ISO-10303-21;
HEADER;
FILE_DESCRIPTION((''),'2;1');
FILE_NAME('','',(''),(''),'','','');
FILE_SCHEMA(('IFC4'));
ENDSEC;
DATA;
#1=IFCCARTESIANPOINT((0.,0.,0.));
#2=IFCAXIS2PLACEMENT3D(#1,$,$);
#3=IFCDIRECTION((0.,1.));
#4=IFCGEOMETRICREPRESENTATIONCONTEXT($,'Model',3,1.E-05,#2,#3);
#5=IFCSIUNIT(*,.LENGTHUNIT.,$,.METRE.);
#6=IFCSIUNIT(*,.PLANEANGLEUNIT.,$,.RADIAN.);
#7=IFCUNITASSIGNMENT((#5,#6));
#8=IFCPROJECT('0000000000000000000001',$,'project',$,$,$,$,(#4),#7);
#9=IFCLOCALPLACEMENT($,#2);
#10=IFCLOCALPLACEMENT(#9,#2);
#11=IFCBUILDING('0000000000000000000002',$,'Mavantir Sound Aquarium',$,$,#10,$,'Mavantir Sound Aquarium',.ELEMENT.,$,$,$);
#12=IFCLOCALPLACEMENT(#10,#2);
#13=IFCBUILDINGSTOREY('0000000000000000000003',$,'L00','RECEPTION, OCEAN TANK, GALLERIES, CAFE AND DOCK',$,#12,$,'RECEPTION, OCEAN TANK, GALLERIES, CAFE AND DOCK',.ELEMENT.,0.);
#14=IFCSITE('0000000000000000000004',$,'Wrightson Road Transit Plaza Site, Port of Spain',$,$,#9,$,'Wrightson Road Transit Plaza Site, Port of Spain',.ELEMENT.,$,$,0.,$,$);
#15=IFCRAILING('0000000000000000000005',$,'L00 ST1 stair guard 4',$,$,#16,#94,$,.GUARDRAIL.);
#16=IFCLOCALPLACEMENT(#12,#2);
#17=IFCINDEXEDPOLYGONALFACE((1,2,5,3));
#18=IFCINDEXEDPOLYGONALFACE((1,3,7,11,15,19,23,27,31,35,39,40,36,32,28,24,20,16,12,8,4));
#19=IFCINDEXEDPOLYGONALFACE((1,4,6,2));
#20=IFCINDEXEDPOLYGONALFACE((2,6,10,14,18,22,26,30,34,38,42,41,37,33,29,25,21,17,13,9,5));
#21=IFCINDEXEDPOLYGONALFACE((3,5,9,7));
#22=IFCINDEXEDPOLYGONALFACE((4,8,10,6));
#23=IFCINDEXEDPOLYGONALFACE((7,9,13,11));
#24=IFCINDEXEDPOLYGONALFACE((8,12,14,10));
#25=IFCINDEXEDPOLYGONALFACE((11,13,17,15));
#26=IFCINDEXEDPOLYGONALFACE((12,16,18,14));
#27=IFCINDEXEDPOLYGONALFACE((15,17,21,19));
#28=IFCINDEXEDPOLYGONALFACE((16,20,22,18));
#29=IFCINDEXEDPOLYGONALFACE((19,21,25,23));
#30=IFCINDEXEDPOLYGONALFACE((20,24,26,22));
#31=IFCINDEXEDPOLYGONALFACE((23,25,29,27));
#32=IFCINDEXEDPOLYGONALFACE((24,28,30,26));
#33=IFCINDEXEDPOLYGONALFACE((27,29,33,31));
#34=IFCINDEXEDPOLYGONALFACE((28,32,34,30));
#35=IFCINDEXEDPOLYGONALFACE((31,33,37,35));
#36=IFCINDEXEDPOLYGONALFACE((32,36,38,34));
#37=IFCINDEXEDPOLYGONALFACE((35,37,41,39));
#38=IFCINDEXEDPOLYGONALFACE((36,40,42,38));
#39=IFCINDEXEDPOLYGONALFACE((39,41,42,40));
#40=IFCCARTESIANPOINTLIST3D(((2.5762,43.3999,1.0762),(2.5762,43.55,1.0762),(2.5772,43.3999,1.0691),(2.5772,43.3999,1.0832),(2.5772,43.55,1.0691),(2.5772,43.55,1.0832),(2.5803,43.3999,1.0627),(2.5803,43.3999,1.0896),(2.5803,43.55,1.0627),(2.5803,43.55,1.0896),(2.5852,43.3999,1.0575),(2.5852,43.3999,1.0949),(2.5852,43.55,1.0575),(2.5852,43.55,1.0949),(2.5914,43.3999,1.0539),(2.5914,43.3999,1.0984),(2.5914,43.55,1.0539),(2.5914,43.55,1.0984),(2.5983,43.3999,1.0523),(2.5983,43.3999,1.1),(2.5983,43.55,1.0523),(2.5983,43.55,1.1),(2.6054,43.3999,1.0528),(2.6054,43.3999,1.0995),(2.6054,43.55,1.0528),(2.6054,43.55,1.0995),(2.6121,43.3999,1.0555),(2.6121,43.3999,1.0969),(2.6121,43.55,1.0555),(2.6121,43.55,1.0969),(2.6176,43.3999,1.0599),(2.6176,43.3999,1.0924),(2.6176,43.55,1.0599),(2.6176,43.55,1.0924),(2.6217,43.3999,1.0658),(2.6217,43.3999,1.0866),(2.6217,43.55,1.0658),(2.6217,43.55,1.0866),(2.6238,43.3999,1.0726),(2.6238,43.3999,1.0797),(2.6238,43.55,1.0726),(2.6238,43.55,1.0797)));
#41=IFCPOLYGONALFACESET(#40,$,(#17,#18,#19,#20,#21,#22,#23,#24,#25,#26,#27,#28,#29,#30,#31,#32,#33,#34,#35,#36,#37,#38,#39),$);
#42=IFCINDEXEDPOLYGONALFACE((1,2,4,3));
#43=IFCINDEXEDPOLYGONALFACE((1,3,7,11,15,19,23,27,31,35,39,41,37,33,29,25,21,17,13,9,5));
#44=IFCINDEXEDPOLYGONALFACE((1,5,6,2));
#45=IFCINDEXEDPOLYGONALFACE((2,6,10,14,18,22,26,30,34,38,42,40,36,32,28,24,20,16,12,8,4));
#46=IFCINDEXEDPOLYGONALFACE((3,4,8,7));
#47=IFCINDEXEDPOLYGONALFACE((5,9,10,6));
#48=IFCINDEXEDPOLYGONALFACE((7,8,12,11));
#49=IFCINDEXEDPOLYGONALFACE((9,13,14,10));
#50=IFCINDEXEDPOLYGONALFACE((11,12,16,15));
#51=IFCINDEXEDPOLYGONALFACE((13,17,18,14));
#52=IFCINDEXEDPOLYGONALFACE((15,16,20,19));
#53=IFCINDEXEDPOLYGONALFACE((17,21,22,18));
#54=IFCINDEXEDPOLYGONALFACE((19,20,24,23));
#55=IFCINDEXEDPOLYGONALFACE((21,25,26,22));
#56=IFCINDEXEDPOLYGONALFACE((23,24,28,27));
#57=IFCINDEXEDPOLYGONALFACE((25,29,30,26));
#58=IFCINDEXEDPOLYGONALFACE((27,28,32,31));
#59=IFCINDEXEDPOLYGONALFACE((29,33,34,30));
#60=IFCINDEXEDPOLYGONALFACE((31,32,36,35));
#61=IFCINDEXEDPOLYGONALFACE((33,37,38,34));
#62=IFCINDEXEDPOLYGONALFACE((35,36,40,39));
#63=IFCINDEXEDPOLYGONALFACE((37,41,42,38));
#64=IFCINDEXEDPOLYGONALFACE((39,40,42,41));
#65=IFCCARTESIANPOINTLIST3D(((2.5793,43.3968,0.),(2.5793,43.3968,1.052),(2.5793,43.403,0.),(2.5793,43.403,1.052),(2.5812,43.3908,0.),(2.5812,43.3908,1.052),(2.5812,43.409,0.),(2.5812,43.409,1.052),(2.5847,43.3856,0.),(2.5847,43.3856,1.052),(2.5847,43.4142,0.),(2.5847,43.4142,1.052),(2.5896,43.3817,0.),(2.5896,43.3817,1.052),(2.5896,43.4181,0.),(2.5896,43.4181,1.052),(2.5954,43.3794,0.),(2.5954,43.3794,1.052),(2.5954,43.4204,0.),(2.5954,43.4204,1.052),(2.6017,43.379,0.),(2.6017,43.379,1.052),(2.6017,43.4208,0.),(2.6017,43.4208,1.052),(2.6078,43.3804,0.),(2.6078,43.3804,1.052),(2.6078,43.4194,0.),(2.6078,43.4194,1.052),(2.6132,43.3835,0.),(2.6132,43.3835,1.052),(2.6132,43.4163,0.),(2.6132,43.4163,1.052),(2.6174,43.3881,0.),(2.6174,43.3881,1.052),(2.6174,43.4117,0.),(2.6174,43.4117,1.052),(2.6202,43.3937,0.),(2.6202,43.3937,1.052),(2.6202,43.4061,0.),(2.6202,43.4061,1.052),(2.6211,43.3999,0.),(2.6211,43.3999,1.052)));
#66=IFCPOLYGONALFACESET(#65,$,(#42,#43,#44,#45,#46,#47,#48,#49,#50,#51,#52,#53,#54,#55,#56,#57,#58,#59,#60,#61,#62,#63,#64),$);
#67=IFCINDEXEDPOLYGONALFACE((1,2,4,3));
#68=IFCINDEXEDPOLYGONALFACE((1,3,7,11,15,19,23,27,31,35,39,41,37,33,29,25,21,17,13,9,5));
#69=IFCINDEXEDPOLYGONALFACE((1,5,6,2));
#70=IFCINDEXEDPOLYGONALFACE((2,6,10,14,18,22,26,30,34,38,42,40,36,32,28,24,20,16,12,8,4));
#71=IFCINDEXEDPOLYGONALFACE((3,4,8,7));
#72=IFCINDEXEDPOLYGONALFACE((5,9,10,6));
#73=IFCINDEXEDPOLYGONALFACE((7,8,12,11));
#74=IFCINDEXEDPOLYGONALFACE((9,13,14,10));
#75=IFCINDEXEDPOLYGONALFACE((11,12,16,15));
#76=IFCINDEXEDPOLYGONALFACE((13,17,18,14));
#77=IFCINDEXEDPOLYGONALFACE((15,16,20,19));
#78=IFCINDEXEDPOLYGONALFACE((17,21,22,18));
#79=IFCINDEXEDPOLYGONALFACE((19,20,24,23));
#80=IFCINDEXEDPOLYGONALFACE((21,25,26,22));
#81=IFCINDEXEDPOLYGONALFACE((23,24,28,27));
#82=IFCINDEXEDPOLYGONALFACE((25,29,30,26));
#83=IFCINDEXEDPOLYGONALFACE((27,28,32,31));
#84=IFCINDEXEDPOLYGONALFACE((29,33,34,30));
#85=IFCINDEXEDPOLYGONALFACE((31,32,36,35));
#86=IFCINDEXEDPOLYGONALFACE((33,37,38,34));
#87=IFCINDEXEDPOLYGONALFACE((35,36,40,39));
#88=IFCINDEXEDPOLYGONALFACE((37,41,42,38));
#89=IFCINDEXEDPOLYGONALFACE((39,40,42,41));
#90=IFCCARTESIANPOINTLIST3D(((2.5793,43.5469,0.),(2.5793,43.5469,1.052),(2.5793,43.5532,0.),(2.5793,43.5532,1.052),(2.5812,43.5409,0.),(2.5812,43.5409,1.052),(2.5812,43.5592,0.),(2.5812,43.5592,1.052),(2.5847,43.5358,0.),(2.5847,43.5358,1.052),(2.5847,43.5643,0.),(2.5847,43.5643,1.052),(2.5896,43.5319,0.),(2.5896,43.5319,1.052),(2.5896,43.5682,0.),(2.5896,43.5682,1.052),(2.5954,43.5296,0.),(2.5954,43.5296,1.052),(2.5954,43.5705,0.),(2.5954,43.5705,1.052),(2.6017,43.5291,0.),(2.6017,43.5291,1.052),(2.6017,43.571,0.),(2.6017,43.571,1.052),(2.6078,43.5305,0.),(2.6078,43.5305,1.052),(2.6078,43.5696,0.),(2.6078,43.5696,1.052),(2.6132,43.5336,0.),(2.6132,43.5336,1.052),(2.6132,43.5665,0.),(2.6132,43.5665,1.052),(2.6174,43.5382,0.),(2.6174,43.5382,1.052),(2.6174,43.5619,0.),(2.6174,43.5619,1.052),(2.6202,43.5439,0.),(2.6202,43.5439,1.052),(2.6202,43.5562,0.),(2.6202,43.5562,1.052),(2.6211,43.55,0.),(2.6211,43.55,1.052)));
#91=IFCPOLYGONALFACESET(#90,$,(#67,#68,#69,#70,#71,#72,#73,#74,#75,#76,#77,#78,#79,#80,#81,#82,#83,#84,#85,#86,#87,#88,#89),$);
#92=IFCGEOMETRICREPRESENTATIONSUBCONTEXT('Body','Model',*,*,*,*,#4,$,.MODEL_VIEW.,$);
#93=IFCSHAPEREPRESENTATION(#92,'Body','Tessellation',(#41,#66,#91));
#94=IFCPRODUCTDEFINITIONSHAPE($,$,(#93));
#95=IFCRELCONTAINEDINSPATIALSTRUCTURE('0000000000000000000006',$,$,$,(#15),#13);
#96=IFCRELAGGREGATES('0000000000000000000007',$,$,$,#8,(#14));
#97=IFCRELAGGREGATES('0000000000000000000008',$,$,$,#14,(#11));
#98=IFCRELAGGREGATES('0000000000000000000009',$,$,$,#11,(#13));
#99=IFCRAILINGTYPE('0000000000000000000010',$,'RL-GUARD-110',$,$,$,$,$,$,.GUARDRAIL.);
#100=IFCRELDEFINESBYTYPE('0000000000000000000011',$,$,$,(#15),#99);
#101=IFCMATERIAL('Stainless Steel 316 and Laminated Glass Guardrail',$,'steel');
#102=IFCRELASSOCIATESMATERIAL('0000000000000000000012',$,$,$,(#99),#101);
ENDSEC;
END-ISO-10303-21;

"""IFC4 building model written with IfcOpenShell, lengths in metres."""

from ifc_helpers import new_model, si_unit, direction, frame, origin, origin_2d, place, context, subcontext, project, spatial, circle, extrude, material, type_object, element, save


model = new_model("IFC4")

# Units and contexts
model_context = context("Model", 3, precision=1e-05, world=origin(), true_north=direction((0.0, 1.0)))
body_context = subcontext(model_context, "Body", "Model", "MODEL_VIEW")
ifc_project = project(units=[si_unit("LENGTHUNIT", "METRE"), si_unit("PLANEANGLEUNIT", "RADIAN")], contexts=[model_context])

# Site, building, storey
site_placement = place(None, origin())
site = spatial("IfcSite", under=ifc_project, at=site_placement, Name="Wrightson Road Transit Plaza Site, Port of Spain", LongName="Wrightson Road Transit Plaza Site, Port of Spain", CompositionType="ELEMENT", RefElevation=0.0)
building_placement = place(site_placement, origin())
building = spatial("IfcBuilding", under=site, at=building_placement, Name="Mavantir Sound Aquarium", LongName="Mavantir Sound Aquarium", CompositionType="ELEMENT")
storey_placement = place(building_placement, origin())
storey = spatial("IfcBuildingStorey", under=building, at=storey_placement, Name="L00", Description="RECEPTION, OCEAN TANK, GALLERIES, CAFE AND DOCK", LongName="RECEPTION, OCEAN TANK, GALLERIES, CAFE AND DOCK", CompositionType="ELEMENT", Elevation=0.0)

# Railing
ifc_material_1 = material(Name="Stainless Steel 316 and Laminated Glass Guardrail", Category="steel")
railing_type_1 = type_object("IfcRailingType", Name="RL-GUARD-110", PredefinedType="GUARDRAIL", material=ifc_material_1)
railing_1_placement = place(storey_placement, frame((2.6001, 43.3999, 0.0)))
element("IfcRailing", 1, at=railing_1_placement, inside=storey, type_object=railing_type_1, Name="L00 ST1 stair guard 4", PredefinedType="GUARDRAIL", context=body_context, shape_type="SweptSolid", body=[
    extrude(circle(Radius=0.0239, at=origin_2d()), frame((0.0, 0.0, 1.0762), z_axis=(0.0, 1.0, 0.0), x_axis=(-1.0, 0.0, 0.0)), (0.0, 0.0, 1.0), 0.1501),
    extrude(circle(Radius=0.021, at=origin_2d()), origin(), (0.0, 0.0, 1.0), 1.052),
    extrude(circle(Radius=0.021, at=origin_2d()), frame((0.0, 0.1501, 0.0)), (0.0, 0.0, 1.0), 1.052),
])

save(model, "model.ifc")
